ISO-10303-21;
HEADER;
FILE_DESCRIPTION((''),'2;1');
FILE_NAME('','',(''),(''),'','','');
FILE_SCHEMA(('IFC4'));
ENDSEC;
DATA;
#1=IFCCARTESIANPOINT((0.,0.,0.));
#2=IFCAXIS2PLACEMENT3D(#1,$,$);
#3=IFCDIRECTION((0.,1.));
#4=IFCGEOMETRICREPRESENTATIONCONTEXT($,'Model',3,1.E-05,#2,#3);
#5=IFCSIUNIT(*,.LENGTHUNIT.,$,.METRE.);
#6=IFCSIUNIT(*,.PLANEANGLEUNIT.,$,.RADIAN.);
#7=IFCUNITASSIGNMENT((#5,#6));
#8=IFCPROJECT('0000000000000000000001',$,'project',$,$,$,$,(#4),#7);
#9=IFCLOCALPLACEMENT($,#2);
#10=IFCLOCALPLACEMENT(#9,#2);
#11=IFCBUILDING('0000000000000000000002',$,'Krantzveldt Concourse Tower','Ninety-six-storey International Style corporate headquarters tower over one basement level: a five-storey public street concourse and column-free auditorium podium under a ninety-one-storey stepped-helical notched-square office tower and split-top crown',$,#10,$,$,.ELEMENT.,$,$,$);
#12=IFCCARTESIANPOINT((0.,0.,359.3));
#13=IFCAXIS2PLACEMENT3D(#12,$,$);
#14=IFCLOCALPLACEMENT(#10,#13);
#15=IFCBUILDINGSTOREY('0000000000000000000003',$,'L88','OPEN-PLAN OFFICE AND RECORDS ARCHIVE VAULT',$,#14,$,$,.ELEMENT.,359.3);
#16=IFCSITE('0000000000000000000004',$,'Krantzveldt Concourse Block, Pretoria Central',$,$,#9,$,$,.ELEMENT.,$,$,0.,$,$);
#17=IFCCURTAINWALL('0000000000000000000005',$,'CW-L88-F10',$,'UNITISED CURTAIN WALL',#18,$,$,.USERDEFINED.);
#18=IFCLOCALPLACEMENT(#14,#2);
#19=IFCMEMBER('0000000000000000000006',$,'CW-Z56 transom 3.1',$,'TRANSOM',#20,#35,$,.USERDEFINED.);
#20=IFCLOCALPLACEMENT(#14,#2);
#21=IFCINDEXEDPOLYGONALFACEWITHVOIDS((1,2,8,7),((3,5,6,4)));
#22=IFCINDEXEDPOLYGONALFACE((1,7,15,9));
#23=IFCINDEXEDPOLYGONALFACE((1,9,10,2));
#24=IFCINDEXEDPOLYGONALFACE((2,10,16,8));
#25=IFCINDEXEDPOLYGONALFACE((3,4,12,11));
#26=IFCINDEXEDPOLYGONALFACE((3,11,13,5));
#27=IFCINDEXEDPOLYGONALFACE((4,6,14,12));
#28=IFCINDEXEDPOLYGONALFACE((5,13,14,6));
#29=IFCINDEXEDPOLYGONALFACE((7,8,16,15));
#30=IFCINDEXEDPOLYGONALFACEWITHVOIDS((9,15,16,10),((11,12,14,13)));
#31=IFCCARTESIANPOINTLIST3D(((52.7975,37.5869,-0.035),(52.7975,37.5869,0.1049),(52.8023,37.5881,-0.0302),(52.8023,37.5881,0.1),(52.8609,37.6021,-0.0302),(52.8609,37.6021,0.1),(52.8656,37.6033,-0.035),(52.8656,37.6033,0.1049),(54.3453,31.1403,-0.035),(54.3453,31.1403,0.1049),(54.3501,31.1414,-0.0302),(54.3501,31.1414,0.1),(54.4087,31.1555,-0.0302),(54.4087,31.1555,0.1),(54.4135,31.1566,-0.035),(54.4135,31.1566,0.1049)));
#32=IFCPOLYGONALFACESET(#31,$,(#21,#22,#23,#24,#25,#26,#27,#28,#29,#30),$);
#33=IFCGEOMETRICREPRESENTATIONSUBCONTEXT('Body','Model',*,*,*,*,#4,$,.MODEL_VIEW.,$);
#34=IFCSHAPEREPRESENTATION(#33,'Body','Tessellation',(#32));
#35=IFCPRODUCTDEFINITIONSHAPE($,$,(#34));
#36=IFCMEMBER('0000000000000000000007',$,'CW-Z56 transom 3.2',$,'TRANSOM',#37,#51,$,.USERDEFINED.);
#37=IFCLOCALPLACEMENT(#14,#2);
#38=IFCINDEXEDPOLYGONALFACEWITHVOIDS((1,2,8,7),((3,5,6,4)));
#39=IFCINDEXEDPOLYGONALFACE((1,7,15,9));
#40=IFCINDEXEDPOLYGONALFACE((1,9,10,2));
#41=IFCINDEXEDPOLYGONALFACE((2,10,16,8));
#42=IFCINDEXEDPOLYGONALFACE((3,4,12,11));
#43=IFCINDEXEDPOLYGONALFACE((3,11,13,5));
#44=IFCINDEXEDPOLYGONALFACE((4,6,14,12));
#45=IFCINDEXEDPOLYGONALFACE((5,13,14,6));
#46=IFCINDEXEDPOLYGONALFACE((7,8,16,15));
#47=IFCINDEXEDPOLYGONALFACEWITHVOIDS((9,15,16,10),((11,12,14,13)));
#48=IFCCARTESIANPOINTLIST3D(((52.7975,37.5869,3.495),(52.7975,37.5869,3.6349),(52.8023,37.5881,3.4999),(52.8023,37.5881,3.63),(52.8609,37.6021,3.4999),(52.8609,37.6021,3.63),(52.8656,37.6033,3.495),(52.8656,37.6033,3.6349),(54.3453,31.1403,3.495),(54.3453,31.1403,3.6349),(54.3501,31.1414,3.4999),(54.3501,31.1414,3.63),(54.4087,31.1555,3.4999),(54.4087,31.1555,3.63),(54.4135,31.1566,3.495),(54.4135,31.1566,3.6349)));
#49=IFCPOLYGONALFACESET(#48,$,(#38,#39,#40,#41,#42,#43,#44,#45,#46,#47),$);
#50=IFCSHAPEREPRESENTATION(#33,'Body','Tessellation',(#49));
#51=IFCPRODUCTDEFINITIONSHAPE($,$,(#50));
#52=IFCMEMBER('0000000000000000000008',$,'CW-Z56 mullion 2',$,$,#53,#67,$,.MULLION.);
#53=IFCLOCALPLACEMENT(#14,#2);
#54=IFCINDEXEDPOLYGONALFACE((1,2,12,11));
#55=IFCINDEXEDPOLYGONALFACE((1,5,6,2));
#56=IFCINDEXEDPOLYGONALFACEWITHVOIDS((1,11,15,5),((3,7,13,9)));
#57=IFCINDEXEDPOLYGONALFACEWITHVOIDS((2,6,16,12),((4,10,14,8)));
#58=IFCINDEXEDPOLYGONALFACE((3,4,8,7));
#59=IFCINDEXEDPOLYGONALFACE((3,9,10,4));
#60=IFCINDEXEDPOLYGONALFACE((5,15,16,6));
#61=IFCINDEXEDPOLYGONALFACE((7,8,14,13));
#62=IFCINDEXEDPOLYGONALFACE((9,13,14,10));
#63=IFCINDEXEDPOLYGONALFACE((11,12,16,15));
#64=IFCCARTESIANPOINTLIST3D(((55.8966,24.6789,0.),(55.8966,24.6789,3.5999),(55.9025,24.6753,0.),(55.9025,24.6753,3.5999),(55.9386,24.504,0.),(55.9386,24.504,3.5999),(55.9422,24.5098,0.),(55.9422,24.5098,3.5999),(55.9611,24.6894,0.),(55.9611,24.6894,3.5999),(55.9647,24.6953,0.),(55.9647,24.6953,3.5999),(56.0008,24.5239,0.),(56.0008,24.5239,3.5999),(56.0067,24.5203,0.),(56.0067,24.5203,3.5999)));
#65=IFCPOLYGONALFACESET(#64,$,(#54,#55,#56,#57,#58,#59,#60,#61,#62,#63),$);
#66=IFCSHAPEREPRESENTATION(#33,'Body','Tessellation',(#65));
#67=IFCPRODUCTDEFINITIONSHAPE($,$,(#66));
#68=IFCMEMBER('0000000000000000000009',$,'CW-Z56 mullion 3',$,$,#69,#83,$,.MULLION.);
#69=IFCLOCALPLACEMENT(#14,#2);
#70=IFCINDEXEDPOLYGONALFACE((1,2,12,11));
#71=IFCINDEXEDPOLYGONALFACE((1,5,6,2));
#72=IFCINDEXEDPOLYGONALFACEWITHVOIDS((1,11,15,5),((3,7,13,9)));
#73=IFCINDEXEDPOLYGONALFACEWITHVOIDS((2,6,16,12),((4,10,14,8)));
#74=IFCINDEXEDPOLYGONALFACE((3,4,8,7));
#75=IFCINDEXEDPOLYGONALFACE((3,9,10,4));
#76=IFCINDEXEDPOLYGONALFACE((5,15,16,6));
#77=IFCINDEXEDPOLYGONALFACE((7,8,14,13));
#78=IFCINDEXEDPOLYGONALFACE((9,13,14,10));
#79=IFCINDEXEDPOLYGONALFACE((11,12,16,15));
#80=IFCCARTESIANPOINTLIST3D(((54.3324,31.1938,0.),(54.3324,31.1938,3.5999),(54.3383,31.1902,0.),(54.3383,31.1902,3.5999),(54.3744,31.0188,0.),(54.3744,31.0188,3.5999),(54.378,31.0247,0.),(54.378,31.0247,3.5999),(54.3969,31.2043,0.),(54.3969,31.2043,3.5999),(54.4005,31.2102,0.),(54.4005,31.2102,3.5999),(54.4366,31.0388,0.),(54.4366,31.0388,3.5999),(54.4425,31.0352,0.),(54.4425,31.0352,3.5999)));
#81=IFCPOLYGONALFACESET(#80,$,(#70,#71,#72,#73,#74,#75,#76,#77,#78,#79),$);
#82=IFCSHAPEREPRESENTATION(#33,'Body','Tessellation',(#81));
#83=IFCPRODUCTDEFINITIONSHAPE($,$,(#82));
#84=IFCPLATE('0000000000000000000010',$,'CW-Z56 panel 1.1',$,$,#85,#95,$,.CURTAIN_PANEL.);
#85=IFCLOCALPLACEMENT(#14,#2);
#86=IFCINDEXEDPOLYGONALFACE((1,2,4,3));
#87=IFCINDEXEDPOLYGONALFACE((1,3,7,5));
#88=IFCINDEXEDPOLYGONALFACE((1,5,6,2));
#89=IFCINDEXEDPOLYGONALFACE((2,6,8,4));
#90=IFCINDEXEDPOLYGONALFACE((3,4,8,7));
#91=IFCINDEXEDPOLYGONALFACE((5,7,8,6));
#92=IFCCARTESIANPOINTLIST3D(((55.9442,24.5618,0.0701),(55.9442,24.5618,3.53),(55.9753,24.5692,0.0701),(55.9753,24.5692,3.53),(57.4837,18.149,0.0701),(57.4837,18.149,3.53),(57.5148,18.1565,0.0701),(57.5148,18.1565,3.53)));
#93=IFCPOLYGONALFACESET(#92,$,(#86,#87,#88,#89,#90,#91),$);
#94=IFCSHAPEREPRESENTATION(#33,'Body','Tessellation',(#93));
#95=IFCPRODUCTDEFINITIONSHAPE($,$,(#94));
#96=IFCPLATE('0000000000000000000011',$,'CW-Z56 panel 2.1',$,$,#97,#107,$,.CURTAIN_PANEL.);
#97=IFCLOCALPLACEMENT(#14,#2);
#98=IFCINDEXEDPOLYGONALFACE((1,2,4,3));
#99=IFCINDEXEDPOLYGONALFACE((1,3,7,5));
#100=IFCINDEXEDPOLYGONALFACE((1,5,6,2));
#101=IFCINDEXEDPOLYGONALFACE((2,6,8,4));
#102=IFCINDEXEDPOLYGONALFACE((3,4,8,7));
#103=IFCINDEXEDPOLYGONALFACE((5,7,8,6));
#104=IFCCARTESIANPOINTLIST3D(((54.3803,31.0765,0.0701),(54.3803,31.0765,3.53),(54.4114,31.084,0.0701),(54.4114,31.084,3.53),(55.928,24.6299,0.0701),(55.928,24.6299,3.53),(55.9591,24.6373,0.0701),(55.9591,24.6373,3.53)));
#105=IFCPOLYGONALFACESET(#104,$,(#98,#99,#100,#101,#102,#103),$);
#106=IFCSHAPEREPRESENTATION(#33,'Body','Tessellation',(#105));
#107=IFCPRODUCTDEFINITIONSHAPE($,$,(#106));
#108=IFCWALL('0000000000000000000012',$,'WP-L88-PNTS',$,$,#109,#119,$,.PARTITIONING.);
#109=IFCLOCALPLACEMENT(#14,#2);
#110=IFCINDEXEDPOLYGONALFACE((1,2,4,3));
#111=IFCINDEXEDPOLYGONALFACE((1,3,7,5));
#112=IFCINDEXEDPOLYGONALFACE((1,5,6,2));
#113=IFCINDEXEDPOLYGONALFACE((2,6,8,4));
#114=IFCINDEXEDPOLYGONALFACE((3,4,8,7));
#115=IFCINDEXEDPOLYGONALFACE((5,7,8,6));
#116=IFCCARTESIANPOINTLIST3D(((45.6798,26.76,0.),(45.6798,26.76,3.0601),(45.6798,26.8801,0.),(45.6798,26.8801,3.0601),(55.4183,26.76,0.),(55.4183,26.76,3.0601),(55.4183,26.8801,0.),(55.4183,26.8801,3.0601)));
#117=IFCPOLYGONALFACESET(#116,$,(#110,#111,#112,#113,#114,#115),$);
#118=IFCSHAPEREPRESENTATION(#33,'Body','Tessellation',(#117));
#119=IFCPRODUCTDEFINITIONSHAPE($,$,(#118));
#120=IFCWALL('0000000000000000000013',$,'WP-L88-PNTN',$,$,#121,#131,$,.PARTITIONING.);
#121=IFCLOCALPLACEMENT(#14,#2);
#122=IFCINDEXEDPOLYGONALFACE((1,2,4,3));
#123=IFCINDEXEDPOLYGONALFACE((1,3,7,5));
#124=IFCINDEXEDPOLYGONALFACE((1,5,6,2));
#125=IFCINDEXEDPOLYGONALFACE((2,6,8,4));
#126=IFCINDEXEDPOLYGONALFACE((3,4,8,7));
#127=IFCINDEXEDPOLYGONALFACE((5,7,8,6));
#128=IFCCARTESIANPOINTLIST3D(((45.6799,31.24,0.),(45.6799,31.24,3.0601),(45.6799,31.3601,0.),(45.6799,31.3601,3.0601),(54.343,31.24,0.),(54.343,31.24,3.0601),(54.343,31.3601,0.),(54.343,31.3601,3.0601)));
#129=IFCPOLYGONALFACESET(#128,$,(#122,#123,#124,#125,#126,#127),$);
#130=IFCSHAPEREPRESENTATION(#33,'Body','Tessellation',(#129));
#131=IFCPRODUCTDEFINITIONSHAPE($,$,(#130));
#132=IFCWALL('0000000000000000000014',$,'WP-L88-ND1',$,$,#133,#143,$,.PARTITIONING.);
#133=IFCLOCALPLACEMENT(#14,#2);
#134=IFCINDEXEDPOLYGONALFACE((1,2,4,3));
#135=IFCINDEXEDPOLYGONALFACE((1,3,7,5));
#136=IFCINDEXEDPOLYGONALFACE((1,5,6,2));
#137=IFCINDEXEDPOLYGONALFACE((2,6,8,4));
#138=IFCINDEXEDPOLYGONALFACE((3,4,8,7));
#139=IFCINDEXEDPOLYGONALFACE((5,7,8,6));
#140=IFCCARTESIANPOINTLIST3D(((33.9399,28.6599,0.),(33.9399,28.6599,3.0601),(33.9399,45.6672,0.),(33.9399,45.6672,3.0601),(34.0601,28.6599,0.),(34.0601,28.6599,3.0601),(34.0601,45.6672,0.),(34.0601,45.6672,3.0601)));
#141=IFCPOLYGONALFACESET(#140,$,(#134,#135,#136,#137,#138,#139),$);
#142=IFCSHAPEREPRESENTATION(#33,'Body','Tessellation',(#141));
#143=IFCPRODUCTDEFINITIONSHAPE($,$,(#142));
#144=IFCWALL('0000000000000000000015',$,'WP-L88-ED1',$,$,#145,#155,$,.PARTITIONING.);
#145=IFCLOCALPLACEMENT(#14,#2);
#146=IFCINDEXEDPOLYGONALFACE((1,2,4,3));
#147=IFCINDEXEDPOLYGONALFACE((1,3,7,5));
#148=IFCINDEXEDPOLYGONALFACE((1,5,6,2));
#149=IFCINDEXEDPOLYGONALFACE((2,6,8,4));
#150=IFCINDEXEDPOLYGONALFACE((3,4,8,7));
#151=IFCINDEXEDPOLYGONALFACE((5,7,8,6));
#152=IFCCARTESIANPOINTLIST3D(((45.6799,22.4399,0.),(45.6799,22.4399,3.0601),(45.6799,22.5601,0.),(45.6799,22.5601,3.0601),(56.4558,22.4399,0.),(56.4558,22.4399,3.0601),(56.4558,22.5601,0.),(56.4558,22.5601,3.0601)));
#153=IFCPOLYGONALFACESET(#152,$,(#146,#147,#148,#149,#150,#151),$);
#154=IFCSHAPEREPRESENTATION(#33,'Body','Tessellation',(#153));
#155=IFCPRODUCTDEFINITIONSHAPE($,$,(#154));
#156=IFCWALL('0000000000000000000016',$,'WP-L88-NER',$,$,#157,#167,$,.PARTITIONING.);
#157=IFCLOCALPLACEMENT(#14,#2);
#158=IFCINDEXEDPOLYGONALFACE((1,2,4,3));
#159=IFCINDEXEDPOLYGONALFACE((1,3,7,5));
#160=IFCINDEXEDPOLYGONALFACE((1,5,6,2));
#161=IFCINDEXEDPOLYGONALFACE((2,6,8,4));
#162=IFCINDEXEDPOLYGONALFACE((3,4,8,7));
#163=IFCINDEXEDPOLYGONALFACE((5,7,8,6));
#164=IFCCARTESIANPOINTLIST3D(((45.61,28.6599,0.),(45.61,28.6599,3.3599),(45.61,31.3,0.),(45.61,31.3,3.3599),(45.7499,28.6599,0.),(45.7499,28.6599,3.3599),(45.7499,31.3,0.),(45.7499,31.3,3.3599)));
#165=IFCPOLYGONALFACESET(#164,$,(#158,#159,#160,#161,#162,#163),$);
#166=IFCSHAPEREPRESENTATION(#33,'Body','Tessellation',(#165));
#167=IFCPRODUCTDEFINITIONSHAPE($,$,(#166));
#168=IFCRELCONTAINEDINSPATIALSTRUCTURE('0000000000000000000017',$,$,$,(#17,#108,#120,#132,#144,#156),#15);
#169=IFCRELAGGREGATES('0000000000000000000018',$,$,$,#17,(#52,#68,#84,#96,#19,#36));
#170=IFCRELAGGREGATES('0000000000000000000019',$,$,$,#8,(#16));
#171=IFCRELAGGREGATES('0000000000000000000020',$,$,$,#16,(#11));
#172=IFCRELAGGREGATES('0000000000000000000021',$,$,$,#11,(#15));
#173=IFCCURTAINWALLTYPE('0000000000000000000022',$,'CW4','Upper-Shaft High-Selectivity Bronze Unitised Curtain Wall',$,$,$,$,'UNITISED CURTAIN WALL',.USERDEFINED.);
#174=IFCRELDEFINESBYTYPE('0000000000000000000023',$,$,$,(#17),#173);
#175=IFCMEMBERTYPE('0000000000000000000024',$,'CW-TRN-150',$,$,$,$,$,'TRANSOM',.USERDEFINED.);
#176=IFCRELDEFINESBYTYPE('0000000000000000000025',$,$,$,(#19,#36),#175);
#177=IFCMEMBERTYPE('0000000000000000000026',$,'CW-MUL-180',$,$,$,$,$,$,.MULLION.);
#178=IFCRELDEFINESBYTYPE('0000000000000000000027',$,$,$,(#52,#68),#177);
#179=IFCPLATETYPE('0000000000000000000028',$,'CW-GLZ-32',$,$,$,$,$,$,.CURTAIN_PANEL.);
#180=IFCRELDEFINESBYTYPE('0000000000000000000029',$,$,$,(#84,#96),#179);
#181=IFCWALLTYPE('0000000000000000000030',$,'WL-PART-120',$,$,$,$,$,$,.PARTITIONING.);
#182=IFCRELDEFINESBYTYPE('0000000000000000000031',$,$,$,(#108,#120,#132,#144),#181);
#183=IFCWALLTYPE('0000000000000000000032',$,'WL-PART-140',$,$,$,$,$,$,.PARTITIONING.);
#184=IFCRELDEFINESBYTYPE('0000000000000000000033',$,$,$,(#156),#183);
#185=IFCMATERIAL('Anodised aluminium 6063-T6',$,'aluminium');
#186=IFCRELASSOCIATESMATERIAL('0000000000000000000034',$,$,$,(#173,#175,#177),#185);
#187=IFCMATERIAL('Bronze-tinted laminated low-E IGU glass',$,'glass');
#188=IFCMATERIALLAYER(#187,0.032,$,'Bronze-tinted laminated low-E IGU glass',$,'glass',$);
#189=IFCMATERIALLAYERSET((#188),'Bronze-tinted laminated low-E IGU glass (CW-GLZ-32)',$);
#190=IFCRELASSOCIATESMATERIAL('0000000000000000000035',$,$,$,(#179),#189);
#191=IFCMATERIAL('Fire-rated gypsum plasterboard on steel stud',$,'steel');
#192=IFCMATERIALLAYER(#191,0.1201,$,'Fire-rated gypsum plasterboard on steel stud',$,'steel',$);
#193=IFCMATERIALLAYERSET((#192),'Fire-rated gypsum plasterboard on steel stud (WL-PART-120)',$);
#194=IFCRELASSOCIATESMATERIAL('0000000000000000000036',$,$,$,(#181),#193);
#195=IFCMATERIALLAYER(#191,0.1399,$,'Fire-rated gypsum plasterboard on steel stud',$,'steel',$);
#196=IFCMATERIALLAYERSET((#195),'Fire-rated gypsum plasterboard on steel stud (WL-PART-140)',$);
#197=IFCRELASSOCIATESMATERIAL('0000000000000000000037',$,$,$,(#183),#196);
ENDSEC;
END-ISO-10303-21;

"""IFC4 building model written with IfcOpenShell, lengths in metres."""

from ifc_helpers import new_model, si_unit, direction, frame, frame_2d, origin, origin_2d, place, context, subcontext, project, spatial, rectangle, hollow_rectangle, extrude, source, transform, mapped, material, layer, layer_set, material_profile, profile_set, type_object, type_shapes, element, aggregate, save


model = new_model("IFC4")

# Units and contexts
model_context = context("Model", 3, precision=1e-05, world=origin(), true_north=direction((0.0, 1.0)))
body_context = subcontext(model_context, "Body", "Model", "MODEL_VIEW")
ifc_project = project(units=[si_unit("LENGTHUNIT", "METRE"), si_unit("PLANEANGLEUNIT", "RADIAN")], contexts=[model_context])

# Site, building, storey
site_placement = place(None, origin())
site = spatial("IfcSite", under=ifc_project, at=site_placement, Name="Krantzveldt Concourse Block, Pretoria Central", CompositionType="ELEMENT", RefElevation=0.0)
building_placement = place(site_placement, origin())
building = spatial("IfcBuilding", under=site, at=building_placement, Name="Krantzveldt Concourse Tower", Description="Ninety-six-storey International Style corporate headquarters tower over one basement level: a five-storey public street concourse and column-free auditorium podium under a ninety-one-storey stepped-helical notched-square office tower and split-top crown", CompositionType="ELEMENT")
storey_placement = place(building_placement, frame((0.0, 0.0, 359.3)))
storey = spatial("IfcBuildingStorey", under=building, at=storey_placement, Name="L88", Description="OPEN-PLAN OFFICE AND RECORDS ARCHIVE VAULT", CompositionType="ELEMENT", Elevation=359.3)

# Curtain wall, members, plates
ifc_material_1 = material(Name="Anodised aluminium 6063-T6", Category="aluminium")
curtain_wall_type = type_object("IfcCurtainWallType", Name="CW4", Description="Upper-Shaft High-Selectivity Bronze Unitised Curtain Wall", ElementType="UNITISED CURTAIN WALL", PredefinedType="USERDEFINED", material=ifc_material_1)
curtain_wall_placement = place(storey_placement, origin())
curtain_wall = element("IfcCurtainWall", 1, at=curtain_wall_placement, inside=storey, type_object=curtain_wall_type, Name="CW-L88-F10", ObjectType="UNITISED CURTAIN WALL", PredefinedType="USERDEFINED")
ifc_material_profile_1 = material_profile(ifc_material_1, hollow_rectangle(XDim=0.0701, YDim=0.1399, WallThickness=0.0049, at=origin_2d()), Name="Anodised aluminium 6063-T6", Category="aluminium")
ifc_profile_set_1 = profile_set([ifc_material_profile_1], Name="Anodised aluminium 6063-T6 - ALU-TRAN 140x70x5")
member_type_1 = type_object("IfcMemberType", Name="CW-TRN-150", ElementType="TRANSOM", PredefinedType="USERDEFINED", material=ifc_profile_set_1)
shared_shape_1 = source(origin(), body_context, "Body", "SweptSolid", [
    extrude(hollow_rectangle(XDim=0.0701, YDim=0.1399, WallThickness=0.0049, at=origin_2d()), origin(), (0.0, 0.0, 1.0), 6.6299),
])
type_shapes(member_type_1, [shared_shape_1])
member_1_placement = place(storey_placement, frame((54.3794, 31.1484, 0.0349), z_axis=(-0.233462, 0.972366, 0.0), x_axis=(-0.972366, -0.233462, 0.0)))
member_1 = element("IfcMember", 2, at=member_1_placement, type_object=member_type_1, Name="CW-Z56 transom 3.1", ObjectType="TRANSOM", PredefinedType="USERDEFINED", context=body_context, shape_type="MappedRepresentation", body=[
    mapped(shared_shape_1, transform((0.0, 0.0, 0.0), x_axis=(1.0, 0.0, 0.0), y_axis=(0.0, 1.0, 0.0), z_axis=(0.0, 0.0, 1.0), scale=1.0)),
])
member_2_placement = place(storey_placement, frame((54.3794, 31.1484, 3.5649), z_axis=(-0.233462, 0.972366, 0.0), x_axis=(-0.972366, -0.233462, 0.0)))
member_2 = element("IfcMember", 3, at=member_2_placement, type_object=member_type_1, Name="CW-Z56 transom 3.2", ObjectType="TRANSOM", PredefinedType="USERDEFINED", context=body_context, shape_type="MappedRepresentation", body=[
    mapped(shared_shape_1, transform((0.0, 0.0, 0.0), x_axis=(1.0, 0.0, 0.0), y_axis=(0.0, 1.0, 0.0), z_axis=(0.0, 0.0, 1.0), scale=1.0)),
])
ifc_material_profile_2 = material_profile(ifc_material_1, hollow_rectangle(XDim=0.0701, YDim=0.1799, WallThickness=0.0049, at=origin_2d()), Name="Anodised aluminium 6063-T6", Category="aluminium")
ifc_profile_set_2 = profile_set([ifc_material_profile_2], Name="Anodised aluminium 6063-T6 - ALU-MULL 180x70x5")
member_type_2 = type_object("IfcMemberType", Name="CW-MUL-180", PredefinedType="MULLION", material=ifc_profile_set_2)
shared_shape_2 = source(origin(), body_context, "Body", "SweptSolid", [
    extrude(hollow_rectangle(XDim=0.0701, YDim=0.1799, WallThickness=0.0049, at=origin_2d()), origin(), (0.0, 0.0, 1.0), 3.5999),
])
type_shapes(member_type_2, [shared_shape_2])
member_3_placement = place(storey_placement, frame((55.9517, 24.5996, 0.0), z_axis=(0.0, 0.0, 1.0), x_axis=(-0.97237, -0.233445, 0.0)))
member_3 = element("IfcMember", 4, at=member_3_placement, type_object=member_type_2, Name="CW-Z56 mullion 2", PredefinedType="MULLION", context=body_context, shape_type="MappedRepresentation", body=[
    mapped(shared_shape_2, transform((0.0, 0.0, 0.0), x_axis=(1.0, 0.0, 0.0), y_axis=(0.0, 1.0, 0.0), z_axis=(0.0, 0.0, 1.0), scale=1.0)),
])
member_4_placement = place(storey_placement, frame((54.3875, 31.1145, 0.0), z_axis=(0.0, 0.0, 1.0), x_axis=(-0.97237, -0.233445, 0.0)))
member_4 = element("IfcMember", 5, at=member_4_placement, type_object=member_type_2, Name="CW-Z56 mullion 3", PredefinedType="MULLION", context=body_context, shape_type="MappedRepresentation", body=[
    mapped(shared_shape_2, transform((0.0, 0.0, 0.0), x_axis=(1.0, 0.0, 0.0), y_axis=(0.0, 1.0, 0.0), z_axis=(0.0, 0.0, 1.0), scale=1.0)),
])
ifc_material_2 = material(Name="Bronze-tinted laminated low-E IGU glass", Category="glass")
ifc_layer_1 = layer(ifc_material_2, 0.032, Name="Bronze-tinted laminated low-E IGU glass", Category="glass")
ifc_layer_set_1 = layer_set([ifc_layer_1], Name="Bronze-tinted laminated low-E IGU glass (CW-GLZ-32)")
plate_type = type_object("IfcPlateType", Name="CW-GLZ-32", PredefinedType="CURTAIN_PANEL", material=ifc_layer_set_1)
shared_shape_3 = source(origin(), body_context, "Body", "SweptSolid", [
    extrude(rectangle(XDim=6.595, YDim=0.032, at=origin_2d()), origin(), (0.0, 0.0, 1.0), 3.46),
])
plate_1_placement = place(storey_placement, frame((56.7295, 21.3591, 0.0701), z_axis=(0.0, 0.0, 1.0), x_axis=(-0.233445, 0.97237, 0.0)))
plate_1 = element("IfcPlate", 6, at=plate_1_placement, type_object=plate_type, Name="CW-Z56 panel 1.1", PredefinedType="CURTAIN_PANEL", context=body_context, shape_type="MappedRepresentation", body=[
    mapped(shared_shape_3, transform((0.0, 0.0, 0.0), x_axis=(1.0, 0.0, 0.0), y_axis=(0.0, 1.0, 0.0), z_axis=(0.0, 0.0, 1.0), scale=1.0)),
])
shared_shape_4 = source(origin(), body_context, "Body", "SweptSolid", [
    extrude(rectangle(XDim=6.6299, YDim=0.032, at=origin_2d()), origin(), (0.0, 0.0, 1.0), 3.46),
])
type_shapes(plate_type, [shared_shape_3, shared_shape_4])
plate_2_placement = place(storey_placement, frame((55.1697, 27.8569, 0.0701), z_axis=(0.0, 0.0, 1.0), x_axis=(-0.233445, 0.97237, 0.0)))
plate_2 = element("IfcPlate", 7, at=plate_2_placement, type_object=plate_type, Name="CW-Z56 panel 2.1", PredefinedType="CURTAIN_PANEL", context=body_context, shape_type="MappedRepresentation", body=[
    mapped(shared_shape_4, transform((0.0, 0.0, 0.0), x_axis=(1.0, 0.0, 0.0), y_axis=(0.0, 1.0, 0.0), z_axis=(0.0, 0.0, 1.0), scale=1.0)),
])
aggregate(curtain_wall, [member_3, member_4, plate_1, plate_2, member_1, member_2])

# Walls
ifc_material_3 = material(Name="Fire-rated gypsum plasterboard on steel stud", Category="steel")
ifc_layer_2 = layer(ifc_material_3, 0.1201, Name="Fire-rated gypsum plasterboard on steel stud", Category="steel")
ifc_layer_set_2 = layer_set([ifc_layer_2], Name="Fire-rated gypsum plasterboard on steel stud (WL-PART-120)")
wall_type_1 = type_object("IfcWallType", Name="WL-PART-120", PredefinedType="PARTITIONING", material=ifc_layer_set_2)
wall_1_placement = place(storey_placement, frame((45.6799, 26.8201, 0.0), z_axis=(0.0, 0.0, 1.0), x_axis=(1.0, 0.0, 0.0)))
element("IfcWall", 8, at=wall_1_placement, inside=storey, type_object=wall_type_1, Name="WP-L88-PNTS", PredefinedType="PARTITIONING", context=body_context, shape_type="SweptSolid", body=[
    extrude(rectangle(XDim=9.7385, YDim=0.1201, at=frame_2d((4.8691, 0.0))), origin(), (0.0, 0.0, 1.0), 3.0601),
])
wall_2_placement = place(storey_placement, frame((45.6799, 31.3, 0.0), z_axis=(0.0, 0.0, 1.0), x_axis=(1.0, 0.0, 0.0)))
element("IfcWall", 9, at=wall_2_placement, inside=storey, type_object=wall_type_1, Name="WP-L88-PNTN", PredefinedType="PARTITIONING", context=body_context, shape_type="SweptSolid", body=[
    extrude(rectangle(XDim=8.6631, YDim=0.1201, at=frame_2d((4.3315, 0.0))), origin(), (0.0, 0.0, 1.0), 3.0601),
])
wall_3_placement = place(storey_placement, frame((34.0, 28.6599, 0.0), z_axis=(0.0, 0.0, 1.0), x_axis=(0.0, 1.0, 0.0)))
element("IfcWall", 10, at=wall_3_placement, inside=storey, type_object=wall_type_1, Name="WP-L88-ND1", PredefinedType="PARTITIONING", context=body_context, shape_type="SweptSolid", body=[
    extrude(rectangle(XDim=17.0073, YDim=0.1201, at=frame_2d((8.5037, 0.0))), origin(), (0.0, 0.0, 1.0), 3.0601),
])
wall_4_placement = place(storey_placement, frame((45.6799, 22.5, 0.0), z_axis=(0.0, 0.0, 1.0), x_axis=(1.0, 0.0, 0.0)))
element("IfcWall", 11, at=wall_4_placement, inside=storey, type_object=wall_type_1, Name="WP-L88-ED1", PredefinedType="PARTITIONING", context=body_context, shape_type="SweptSolid", body=[
    extrude(rectangle(XDim=10.7759, YDim=0.1201, at=frame_2d((5.3879, 0.0))), origin(), (0.0, 0.0, 1.0), 3.0601),
])
ifc_layer_3 = layer(ifc_material_3, 0.1399, Name="Fire-rated gypsum plasterboard on steel stud", Category="steel")
ifc_layer_set_3 = layer_set([ifc_layer_3], Name="Fire-rated gypsum plasterboard on steel stud (WL-PART-140)")
wall_type_2 = type_object("IfcWallType", Name="WL-PART-140", PredefinedType="PARTITIONING", material=ifc_layer_set_3)
wall_5_placement = place(storey_placement, frame((45.6799, 28.6599, 0.0), z_axis=(0.0, 0.0, 1.0), x_axis=(0.0, 1.0, 0.0)))
element("IfcWall", 12, at=wall_5_placement, inside=storey, type_object=wall_type_2, Name="WP-L88-NER", PredefinedType="PARTITIONING", context=body_context, shape_type="SweptSolid", body=[
    extrude(rectangle(XDim=2.6401, YDim=0.1399, at=frame_2d((1.3201, 0.0))), origin(), (0.0, 0.0, 1.0), 3.3599),
])

save(model, "model.ifc")
